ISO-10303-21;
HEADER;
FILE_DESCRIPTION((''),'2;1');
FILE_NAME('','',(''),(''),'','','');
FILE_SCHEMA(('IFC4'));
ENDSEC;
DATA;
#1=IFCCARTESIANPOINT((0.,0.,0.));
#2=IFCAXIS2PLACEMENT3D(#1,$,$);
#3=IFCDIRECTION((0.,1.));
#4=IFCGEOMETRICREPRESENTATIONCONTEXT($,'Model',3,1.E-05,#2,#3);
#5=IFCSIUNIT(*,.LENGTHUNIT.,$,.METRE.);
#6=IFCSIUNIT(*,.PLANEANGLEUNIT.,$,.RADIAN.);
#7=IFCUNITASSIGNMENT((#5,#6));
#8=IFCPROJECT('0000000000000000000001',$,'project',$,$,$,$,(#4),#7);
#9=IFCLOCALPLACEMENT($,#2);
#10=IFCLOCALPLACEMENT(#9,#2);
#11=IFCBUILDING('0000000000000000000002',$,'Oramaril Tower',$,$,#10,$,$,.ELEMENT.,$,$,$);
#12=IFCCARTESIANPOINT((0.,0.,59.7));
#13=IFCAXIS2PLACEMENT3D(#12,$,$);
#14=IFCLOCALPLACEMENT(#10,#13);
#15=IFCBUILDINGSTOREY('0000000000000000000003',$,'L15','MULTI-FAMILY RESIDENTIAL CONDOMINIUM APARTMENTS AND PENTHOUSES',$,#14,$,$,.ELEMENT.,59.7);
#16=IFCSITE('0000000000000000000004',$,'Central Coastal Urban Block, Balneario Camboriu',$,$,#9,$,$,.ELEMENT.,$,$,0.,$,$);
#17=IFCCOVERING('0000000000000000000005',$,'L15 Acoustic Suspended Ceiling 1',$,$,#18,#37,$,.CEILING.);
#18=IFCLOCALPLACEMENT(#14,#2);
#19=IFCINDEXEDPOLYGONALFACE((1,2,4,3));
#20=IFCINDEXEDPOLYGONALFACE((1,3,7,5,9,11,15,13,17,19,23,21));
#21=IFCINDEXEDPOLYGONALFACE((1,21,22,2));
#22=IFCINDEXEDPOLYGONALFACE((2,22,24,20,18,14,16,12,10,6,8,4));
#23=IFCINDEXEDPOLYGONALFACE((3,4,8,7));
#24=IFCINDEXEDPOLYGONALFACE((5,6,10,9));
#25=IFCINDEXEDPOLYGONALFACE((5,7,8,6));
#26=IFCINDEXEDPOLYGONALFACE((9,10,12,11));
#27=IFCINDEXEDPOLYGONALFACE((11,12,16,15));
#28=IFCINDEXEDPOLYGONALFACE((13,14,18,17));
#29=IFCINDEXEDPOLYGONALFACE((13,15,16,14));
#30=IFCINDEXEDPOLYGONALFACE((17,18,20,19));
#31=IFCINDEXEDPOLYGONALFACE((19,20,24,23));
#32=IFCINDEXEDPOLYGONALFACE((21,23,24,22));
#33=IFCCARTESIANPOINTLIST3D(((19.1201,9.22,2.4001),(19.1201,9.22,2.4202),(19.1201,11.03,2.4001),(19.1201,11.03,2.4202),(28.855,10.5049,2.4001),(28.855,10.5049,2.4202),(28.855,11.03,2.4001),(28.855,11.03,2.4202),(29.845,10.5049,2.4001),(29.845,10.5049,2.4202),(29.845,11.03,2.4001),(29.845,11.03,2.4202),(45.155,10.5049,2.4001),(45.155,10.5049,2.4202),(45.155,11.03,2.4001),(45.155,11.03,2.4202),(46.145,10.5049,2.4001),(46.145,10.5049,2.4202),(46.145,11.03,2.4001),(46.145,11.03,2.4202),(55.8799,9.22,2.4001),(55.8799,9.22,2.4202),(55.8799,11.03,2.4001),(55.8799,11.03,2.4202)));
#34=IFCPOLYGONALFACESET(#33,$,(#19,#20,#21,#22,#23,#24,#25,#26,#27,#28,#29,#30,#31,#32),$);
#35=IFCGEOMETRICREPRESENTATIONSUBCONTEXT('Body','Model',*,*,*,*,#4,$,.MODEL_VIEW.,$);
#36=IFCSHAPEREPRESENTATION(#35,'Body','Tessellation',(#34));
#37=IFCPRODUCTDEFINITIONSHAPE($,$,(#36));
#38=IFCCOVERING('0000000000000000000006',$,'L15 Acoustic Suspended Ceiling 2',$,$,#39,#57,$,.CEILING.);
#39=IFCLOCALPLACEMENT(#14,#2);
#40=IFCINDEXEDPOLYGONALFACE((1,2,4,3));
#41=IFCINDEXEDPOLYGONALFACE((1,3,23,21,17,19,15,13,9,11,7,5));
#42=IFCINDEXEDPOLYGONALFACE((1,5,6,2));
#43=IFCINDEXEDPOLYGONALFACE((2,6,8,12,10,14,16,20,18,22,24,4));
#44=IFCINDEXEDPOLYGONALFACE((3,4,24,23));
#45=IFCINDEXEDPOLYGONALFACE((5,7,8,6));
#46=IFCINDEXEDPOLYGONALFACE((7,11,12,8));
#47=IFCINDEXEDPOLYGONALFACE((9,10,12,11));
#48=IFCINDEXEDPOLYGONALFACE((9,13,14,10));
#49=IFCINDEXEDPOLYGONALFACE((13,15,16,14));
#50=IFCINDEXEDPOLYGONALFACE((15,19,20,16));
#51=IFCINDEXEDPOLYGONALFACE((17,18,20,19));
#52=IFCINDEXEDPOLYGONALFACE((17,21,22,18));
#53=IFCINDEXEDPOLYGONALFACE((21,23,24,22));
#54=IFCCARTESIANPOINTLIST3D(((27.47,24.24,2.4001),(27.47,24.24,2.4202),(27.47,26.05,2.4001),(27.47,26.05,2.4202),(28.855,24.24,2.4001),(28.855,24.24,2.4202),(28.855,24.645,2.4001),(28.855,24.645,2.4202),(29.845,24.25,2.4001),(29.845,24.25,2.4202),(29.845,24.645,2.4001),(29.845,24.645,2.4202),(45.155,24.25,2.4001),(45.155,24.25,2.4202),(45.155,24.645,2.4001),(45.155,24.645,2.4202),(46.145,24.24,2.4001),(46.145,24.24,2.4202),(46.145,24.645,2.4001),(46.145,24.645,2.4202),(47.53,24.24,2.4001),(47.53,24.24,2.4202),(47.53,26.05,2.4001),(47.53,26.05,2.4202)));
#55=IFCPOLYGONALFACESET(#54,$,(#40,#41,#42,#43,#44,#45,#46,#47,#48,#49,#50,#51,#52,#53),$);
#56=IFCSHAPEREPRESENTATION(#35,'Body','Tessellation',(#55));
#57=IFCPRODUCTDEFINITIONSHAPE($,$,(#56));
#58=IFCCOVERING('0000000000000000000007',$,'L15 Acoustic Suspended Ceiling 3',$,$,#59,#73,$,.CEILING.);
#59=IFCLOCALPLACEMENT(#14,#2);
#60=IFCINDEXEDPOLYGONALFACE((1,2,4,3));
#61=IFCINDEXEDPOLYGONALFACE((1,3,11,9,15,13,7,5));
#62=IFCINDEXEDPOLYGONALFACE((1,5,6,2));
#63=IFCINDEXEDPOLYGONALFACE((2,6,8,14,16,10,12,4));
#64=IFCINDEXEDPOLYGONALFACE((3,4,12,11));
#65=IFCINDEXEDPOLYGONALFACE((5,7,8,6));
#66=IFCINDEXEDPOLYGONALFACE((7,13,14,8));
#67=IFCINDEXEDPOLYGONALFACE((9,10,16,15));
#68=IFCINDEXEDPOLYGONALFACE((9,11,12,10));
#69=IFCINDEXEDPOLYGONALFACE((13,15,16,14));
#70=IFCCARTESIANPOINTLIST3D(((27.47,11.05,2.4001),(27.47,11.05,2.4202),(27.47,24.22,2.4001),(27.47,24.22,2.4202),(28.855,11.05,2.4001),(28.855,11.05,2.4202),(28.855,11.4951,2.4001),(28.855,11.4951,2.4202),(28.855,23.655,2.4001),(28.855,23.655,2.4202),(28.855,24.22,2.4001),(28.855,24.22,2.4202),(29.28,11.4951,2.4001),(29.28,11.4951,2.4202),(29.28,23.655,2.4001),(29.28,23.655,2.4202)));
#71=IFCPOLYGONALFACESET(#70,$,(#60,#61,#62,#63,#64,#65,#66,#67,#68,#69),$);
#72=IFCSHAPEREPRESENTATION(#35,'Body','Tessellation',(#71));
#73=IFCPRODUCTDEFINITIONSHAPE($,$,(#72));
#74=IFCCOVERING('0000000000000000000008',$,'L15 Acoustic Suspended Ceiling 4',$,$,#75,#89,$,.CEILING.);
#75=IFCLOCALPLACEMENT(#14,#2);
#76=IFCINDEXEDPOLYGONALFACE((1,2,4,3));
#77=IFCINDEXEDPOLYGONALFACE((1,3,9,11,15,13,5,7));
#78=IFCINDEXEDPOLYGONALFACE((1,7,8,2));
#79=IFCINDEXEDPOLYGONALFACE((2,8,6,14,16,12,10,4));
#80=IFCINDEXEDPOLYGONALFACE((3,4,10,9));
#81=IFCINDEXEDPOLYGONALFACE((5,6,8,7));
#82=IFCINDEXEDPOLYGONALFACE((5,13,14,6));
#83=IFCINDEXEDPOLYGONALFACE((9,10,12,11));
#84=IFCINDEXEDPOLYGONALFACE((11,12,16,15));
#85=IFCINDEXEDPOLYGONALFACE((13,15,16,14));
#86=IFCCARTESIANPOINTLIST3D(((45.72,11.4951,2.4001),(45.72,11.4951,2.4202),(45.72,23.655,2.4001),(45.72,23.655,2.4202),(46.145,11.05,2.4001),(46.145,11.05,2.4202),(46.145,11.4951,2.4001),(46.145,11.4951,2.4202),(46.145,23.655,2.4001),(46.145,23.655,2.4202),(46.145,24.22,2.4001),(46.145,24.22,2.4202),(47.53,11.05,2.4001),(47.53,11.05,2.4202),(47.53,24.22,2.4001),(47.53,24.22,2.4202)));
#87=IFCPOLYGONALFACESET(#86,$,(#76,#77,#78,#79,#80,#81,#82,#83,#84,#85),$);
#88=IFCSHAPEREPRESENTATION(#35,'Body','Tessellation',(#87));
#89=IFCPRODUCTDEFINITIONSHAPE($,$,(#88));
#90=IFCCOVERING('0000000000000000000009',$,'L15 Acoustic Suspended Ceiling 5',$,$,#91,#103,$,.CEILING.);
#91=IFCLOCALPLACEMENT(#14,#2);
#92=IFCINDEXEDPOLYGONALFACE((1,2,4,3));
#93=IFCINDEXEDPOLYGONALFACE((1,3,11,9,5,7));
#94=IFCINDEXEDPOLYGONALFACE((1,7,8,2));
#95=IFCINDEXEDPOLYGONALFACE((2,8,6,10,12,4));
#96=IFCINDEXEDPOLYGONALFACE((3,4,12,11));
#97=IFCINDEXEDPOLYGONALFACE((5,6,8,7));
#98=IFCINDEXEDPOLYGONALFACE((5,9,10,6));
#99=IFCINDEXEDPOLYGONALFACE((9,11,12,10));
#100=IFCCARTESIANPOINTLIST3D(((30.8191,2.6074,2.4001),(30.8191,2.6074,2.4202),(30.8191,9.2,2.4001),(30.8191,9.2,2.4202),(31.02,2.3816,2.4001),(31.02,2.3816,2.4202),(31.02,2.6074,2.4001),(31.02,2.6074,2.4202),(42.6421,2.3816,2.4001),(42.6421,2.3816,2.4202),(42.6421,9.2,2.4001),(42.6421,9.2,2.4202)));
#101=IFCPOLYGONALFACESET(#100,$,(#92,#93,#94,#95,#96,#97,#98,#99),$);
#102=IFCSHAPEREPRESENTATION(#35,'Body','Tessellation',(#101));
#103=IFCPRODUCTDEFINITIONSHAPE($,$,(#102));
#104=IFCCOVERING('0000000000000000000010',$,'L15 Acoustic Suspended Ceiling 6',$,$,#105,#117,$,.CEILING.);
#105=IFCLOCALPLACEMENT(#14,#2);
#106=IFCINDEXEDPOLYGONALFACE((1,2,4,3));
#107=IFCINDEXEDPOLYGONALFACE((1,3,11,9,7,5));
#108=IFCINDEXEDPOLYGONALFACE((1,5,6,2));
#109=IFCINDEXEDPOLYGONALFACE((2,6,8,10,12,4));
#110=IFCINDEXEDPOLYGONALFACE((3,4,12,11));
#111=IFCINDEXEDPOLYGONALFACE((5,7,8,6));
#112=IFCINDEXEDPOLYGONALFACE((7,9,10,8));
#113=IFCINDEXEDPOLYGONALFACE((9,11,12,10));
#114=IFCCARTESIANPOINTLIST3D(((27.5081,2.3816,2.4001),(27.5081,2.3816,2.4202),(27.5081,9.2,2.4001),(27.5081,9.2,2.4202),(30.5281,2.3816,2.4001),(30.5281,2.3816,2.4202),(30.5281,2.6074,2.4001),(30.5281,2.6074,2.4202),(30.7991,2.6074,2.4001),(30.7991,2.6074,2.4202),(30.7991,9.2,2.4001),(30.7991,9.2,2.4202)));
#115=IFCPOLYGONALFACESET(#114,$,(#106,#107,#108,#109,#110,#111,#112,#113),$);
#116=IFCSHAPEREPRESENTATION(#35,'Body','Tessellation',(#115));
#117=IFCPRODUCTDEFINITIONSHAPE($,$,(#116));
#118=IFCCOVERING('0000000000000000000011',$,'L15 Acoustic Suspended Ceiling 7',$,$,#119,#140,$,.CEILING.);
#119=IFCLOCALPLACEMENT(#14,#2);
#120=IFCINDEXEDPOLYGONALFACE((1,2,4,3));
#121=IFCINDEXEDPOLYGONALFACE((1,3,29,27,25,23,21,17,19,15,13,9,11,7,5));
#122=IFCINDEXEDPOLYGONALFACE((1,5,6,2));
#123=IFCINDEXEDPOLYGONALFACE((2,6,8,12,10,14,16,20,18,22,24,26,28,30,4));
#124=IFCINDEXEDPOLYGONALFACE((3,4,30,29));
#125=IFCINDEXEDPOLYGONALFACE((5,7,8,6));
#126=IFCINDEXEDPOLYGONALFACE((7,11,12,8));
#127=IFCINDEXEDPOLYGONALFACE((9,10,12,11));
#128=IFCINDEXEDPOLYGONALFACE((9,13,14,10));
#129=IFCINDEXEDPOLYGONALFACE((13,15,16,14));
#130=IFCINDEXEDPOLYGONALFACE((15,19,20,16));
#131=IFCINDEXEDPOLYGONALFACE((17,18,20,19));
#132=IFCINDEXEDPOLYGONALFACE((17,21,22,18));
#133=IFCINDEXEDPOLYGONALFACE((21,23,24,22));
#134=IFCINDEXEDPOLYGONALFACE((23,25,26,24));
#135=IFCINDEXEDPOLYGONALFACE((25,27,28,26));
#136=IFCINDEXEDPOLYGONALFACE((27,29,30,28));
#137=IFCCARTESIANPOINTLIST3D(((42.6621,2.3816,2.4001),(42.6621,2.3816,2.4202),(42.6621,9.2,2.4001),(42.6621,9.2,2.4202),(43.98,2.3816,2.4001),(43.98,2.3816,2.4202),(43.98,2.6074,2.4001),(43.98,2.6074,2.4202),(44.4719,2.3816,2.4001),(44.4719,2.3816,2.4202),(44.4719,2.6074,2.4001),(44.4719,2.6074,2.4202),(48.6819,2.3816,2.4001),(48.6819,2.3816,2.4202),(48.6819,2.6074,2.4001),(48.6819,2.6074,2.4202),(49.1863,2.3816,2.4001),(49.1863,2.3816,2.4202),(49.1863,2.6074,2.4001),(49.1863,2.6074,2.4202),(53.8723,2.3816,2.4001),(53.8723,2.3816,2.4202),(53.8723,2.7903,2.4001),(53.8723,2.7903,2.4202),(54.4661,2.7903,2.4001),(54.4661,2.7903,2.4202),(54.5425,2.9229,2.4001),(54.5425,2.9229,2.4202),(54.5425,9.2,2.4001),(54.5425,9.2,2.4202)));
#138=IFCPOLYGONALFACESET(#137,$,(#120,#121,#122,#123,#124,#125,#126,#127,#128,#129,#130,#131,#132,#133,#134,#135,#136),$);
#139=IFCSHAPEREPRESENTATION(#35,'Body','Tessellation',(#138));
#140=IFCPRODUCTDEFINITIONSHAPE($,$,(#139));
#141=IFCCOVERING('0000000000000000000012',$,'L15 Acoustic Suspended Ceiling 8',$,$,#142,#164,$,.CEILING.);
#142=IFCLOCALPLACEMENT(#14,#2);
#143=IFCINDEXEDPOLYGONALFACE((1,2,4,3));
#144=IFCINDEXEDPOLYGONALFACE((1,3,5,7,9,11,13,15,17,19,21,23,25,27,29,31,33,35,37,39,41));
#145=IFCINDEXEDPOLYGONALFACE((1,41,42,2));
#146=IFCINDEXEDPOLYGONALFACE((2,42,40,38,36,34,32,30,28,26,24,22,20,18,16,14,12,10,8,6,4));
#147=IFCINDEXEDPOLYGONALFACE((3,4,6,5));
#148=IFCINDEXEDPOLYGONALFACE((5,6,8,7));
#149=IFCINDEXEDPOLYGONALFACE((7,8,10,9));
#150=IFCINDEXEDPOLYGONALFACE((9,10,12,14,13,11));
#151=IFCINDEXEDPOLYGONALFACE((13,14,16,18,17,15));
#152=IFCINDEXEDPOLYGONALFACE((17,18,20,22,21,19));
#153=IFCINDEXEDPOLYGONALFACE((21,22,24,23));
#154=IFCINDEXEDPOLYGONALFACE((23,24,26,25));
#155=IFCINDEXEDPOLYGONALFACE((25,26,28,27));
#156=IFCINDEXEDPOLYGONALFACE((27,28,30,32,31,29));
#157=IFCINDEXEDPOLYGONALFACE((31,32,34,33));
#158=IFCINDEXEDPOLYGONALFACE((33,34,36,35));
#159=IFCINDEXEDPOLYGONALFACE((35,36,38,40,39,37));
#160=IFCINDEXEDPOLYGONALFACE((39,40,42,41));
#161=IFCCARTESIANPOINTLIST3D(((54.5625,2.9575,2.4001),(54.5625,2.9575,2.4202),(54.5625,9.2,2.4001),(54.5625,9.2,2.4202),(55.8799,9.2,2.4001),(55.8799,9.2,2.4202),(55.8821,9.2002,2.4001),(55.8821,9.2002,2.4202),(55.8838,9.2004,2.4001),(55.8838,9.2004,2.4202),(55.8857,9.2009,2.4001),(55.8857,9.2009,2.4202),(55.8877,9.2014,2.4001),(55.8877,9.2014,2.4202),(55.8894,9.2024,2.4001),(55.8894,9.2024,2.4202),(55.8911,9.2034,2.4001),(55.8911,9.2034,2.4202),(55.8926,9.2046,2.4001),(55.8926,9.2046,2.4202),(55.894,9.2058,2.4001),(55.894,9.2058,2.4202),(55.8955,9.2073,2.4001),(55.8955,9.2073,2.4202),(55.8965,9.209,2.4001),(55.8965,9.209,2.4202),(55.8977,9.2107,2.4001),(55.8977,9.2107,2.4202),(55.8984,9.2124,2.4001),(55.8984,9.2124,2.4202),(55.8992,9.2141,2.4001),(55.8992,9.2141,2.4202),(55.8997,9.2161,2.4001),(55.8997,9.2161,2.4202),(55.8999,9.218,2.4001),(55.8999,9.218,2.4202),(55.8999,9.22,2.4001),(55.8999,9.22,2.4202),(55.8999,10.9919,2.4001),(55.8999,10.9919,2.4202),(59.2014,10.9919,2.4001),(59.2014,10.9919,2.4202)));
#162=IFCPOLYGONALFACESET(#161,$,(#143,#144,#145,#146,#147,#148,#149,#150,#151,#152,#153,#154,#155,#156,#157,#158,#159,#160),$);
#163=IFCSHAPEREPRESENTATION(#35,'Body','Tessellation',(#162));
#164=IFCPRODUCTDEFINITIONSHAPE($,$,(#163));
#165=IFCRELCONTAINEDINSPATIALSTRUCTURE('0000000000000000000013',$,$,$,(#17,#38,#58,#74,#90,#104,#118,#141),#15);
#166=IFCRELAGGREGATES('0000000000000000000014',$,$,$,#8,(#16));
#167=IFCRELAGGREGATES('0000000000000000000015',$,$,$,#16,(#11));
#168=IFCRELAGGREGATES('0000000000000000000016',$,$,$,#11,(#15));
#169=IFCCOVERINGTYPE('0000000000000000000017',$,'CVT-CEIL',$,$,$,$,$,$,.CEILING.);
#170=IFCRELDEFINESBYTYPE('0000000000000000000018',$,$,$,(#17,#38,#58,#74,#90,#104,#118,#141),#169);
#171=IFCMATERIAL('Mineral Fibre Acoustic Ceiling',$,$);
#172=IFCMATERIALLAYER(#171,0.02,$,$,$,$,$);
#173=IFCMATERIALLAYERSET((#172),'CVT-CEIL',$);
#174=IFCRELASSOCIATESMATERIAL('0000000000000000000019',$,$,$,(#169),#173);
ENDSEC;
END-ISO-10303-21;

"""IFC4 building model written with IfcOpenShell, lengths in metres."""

from ifc_helpers import new_model, si_unit, direction, frame, origin, place, context, subcontext, project, spatial, polyline, outline, extrude, material, layer, layer_set, type_object, element, save


model = new_model("IFC4")

# Units and contexts
model_context = context("Model", 3, precision=1e-05, world=origin(), true_north=direction((0.0, 1.0)))
body_context = subcontext(model_context, "Body", "Model", "MODEL_VIEW")
ifc_project = project(units=[si_unit("LENGTHUNIT", "METRE"), si_unit("PLANEANGLEUNIT", "RADIAN")], contexts=[model_context])

# Site, building, storey
site_placement = place(None, origin())
site = spatial("IfcSite", under=ifc_project, at=site_placement, Name="Central Coastal Urban Block, Balneario Camboriu", CompositionType="ELEMENT", RefElevation=0.0)
building_placement = place(site_placement, origin())
building = spatial("IfcBuilding", under=site, at=building_placement, Name="Oramaril Tower", CompositionType="ELEMENT")
storey_placement = place(building_placement, frame((0.0, 0.0, 59.7)))
storey = spatial("IfcBuildingStorey", under=building, at=storey_placement, Name="L15", Description="MULTI-FAMILY RESIDENTIAL CONDOMINIUM APARTMENTS AND PENTHOUSES", CompositionType="ELEMENT", Elevation=59.7)

# Coverings
ifc_material_1 = material(Name="Mineral Fibre Acoustic Ceiling")
ifc_layer_1 = layer(ifc_material_1, 0.02)
ifc_layer_set_1 = layer_set([ifc_layer_1], Name="CVT-CEIL")
covering_type_1 = type_object("IfcCoveringType", Name="CVT-CEIL", PredefinedType="CEILING", material=ifc_layer_set_1)
covering_1_placement = place(storey_placement, frame((0.0, 0.0, 2.4001)))
element("IfcCovering", 1, at=covering_1_placement, inside=storey, type_object=covering_type_1, Name="L15 Acoustic Suspended Ceiling 1", PredefinedType="CEILING", context=body_context, shape_type="SweptSolid", body=[
    extrude(outline(polyline([(28.855, 10.5049), (29.845, 10.5049), (29.845, 11.03), (45.155, 11.03), (45.155, 10.5049), (46.145, 10.5049), (46.145, 11.03), (55.8799, 11.03), (55.8799, 9.22), (19.1201, 9.22), (19.1201, 11.03), (28.855, 11.03), (28.855, 10.5049)])), origin(), (0.0, 0.0, 1.0), 0.02),
])
covering_2_placement = place(storey_placement, frame((0.0, 0.0, 2.4001)))
element("IfcCovering", 2, at=covering_2_placement, inside=storey, type_object=covering_type_1, Name="L15 Acoustic Suspended Ceiling 2", PredefinedType="CEILING", context=body_context, shape_type="SweptSolid", body=[
    extrude(outline(polyline([(47.53, 24.24), (46.145, 24.24), (46.145, 24.645), (45.155, 24.645), (45.155, 24.25), (29.845, 24.25), (29.845, 24.645), (28.855, 24.645), (28.855, 24.24), (27.47, 24.24), (27.47, 26.05), (47.53, 26.05), (47.53, 24.24)])), origin(), (0.0, 0.0, 1.0), 0.02),
])
covering_3_placement = place(storey_placement, frame((0.0, 0.0, 2.4001)))
element("IfcCovering", 3, at=covering_3_placement, inside=storey, type_object=covering_type_1, Name="L15 Acoustic Suspended Ceiling 3", PredefinedType="CEILING", context=body_context, shape_type="SweptSolid", body=[
    extrude(outline(polyline([(28.855, 23.655), (29.28, 23.655), (29.28, 11.4951), (28.855, 11.4951), (28.855, 11.05), (27.47, 11.05), (27.47, 24.22), (28.855, 24.22), (28.855, 23.655)])), origin(), (0.0, 0.0, 1.0), 0.02),
])
covering_4_placement = place(storey_placement, frame((0.0, 0.0, 2.4001)))
element("IfcCovering", 4, at=covering_4_placement, inside=storey, type_object=covering_type_1, Name="L15 Acoustic Suspended Ceiling 4", PredefinedType="CEILING", context=body_context, shape_type="SweptSolid", body=[
    extrude(outline(polyline([(47.53, 11.05), (46.145, 11.05), (46.145, 11.4951), (45.72, 11.4951), (45.72, 23.655), (46.145, 23.655), (46.145, 24.22), (47.53, 24.22), (47.53, 11.05)])), origin(), (0.0, 0.0, 1.0), 0.02),
])
covering_5_placement = place(storey_placement, frame((0.0, 0.0, 2.4001)))
element("IfcCovering", 5, at=covering_5_placement, inside=storey, type_object=covering_type_1, Name="L15 Acoustic Suspended Ceiling 5", PredefinedType="CEILING", context=body_context, shape_type="SweptSolid", body=[
    extrude(outline(polyline([(31.02, 2.3816), (31.02, 2.6074), (30.8191, 2.6074), (30.8191, 9.2), (42.6421, 9.2), (42.6421, 2.3816), (31.02, 2.3816)])), origin(), (0.0, 0.0, 1.0), 0.02),
])
covering_6_placement = place(storey_placement, frame((0.0, 0.0, 2.4001)))
element("IfcCovering", 6, at=covering_6_placement, inside=storey, type_object=covering_type_1, Name="L15 Acoustic Suspended Ceiling 6", PredefinedType="CEILING", context=body_context, shape_type="SweptSolid", body=[
    extrude(outline(polyline([(27.5081, 9.2), (30.7991, 9.2), (30.7991, 2.6074), (30.5281, 2.6074), (30.5281, 2.3816), (27.5081, 2.3816), (27.5081, 9.2)])), origin(), (0.0, 0.0, 1.0), 0.02),
])
covering_7_placement = place(storey_placement, frame((0.0, 0.0, 2.4001)))
element("IfcCovering", 7, at=covering_7_placement, inside=storey, type_object=covering_type_1, Name="L15 Acoustic Suspended Ceiling 7", PredefinedType="CEILING", context=body_context, shape_type="SweptSolid", body=[
    extrude(outline(polyline([(54.4661, 2.7903), (53.8723, 2.7903), (53.8723, 2.3816), (49.1863, 2.3816), (49.1863, 2.6074), (48.6819, 2.6074), (48.6819, 2.3816), (44.4719, 2.3816), (44.4719, 2.6074), (43.98, 2.6074), (43.98, 2.3816), (42.6621, 2.3816), (42.6621, 9.2), (54.5425, 9.2), (54.5425, 2.9229), (54.4661, 2.7903)])), origin(), (0.0, 0.0, 1.0), 0.02),
])
covering_8_placement = place(storey_placement, frame((0.0, 0.0, 2.4001)))
element("IfcCovering", 8, at=covering_8_placement, inside=storey, type_object=covering_type_1, Name="L15 Acoustic Suspended Ceiling 8", PredefinedType="CEILING", context=body_context, shape_type="SweptSolid", body=[
    extrude(outline(polyline([(59.2014, 10.9919), (54.5625, 2.9575), (54.5625, 9.2), (55.8799, 9.2), (55.8821, 9.2002), (55.8838, 9.2004), (55.8857, 9.2009), (55.8877, 9.2014), (55.8894, 9.2024), (55.8911, 9.2034), (55.8926, 9.2046), (55.894, 9.2058), (55.8955, 9.2073), (55.8965, 9.209), (55.8977, 9.2107), (55.8984, 9.2124), (55.8992, 9.2141), (55.8997, 9.2161), (55.8999, 9.218), (55.8999, 9.22), (55.8999, 10.9919), (59.2014, 10.9919)])), origin(), (0.0, 0.0, 1.0), 0.02),
])

save(model, "model.ifc")
